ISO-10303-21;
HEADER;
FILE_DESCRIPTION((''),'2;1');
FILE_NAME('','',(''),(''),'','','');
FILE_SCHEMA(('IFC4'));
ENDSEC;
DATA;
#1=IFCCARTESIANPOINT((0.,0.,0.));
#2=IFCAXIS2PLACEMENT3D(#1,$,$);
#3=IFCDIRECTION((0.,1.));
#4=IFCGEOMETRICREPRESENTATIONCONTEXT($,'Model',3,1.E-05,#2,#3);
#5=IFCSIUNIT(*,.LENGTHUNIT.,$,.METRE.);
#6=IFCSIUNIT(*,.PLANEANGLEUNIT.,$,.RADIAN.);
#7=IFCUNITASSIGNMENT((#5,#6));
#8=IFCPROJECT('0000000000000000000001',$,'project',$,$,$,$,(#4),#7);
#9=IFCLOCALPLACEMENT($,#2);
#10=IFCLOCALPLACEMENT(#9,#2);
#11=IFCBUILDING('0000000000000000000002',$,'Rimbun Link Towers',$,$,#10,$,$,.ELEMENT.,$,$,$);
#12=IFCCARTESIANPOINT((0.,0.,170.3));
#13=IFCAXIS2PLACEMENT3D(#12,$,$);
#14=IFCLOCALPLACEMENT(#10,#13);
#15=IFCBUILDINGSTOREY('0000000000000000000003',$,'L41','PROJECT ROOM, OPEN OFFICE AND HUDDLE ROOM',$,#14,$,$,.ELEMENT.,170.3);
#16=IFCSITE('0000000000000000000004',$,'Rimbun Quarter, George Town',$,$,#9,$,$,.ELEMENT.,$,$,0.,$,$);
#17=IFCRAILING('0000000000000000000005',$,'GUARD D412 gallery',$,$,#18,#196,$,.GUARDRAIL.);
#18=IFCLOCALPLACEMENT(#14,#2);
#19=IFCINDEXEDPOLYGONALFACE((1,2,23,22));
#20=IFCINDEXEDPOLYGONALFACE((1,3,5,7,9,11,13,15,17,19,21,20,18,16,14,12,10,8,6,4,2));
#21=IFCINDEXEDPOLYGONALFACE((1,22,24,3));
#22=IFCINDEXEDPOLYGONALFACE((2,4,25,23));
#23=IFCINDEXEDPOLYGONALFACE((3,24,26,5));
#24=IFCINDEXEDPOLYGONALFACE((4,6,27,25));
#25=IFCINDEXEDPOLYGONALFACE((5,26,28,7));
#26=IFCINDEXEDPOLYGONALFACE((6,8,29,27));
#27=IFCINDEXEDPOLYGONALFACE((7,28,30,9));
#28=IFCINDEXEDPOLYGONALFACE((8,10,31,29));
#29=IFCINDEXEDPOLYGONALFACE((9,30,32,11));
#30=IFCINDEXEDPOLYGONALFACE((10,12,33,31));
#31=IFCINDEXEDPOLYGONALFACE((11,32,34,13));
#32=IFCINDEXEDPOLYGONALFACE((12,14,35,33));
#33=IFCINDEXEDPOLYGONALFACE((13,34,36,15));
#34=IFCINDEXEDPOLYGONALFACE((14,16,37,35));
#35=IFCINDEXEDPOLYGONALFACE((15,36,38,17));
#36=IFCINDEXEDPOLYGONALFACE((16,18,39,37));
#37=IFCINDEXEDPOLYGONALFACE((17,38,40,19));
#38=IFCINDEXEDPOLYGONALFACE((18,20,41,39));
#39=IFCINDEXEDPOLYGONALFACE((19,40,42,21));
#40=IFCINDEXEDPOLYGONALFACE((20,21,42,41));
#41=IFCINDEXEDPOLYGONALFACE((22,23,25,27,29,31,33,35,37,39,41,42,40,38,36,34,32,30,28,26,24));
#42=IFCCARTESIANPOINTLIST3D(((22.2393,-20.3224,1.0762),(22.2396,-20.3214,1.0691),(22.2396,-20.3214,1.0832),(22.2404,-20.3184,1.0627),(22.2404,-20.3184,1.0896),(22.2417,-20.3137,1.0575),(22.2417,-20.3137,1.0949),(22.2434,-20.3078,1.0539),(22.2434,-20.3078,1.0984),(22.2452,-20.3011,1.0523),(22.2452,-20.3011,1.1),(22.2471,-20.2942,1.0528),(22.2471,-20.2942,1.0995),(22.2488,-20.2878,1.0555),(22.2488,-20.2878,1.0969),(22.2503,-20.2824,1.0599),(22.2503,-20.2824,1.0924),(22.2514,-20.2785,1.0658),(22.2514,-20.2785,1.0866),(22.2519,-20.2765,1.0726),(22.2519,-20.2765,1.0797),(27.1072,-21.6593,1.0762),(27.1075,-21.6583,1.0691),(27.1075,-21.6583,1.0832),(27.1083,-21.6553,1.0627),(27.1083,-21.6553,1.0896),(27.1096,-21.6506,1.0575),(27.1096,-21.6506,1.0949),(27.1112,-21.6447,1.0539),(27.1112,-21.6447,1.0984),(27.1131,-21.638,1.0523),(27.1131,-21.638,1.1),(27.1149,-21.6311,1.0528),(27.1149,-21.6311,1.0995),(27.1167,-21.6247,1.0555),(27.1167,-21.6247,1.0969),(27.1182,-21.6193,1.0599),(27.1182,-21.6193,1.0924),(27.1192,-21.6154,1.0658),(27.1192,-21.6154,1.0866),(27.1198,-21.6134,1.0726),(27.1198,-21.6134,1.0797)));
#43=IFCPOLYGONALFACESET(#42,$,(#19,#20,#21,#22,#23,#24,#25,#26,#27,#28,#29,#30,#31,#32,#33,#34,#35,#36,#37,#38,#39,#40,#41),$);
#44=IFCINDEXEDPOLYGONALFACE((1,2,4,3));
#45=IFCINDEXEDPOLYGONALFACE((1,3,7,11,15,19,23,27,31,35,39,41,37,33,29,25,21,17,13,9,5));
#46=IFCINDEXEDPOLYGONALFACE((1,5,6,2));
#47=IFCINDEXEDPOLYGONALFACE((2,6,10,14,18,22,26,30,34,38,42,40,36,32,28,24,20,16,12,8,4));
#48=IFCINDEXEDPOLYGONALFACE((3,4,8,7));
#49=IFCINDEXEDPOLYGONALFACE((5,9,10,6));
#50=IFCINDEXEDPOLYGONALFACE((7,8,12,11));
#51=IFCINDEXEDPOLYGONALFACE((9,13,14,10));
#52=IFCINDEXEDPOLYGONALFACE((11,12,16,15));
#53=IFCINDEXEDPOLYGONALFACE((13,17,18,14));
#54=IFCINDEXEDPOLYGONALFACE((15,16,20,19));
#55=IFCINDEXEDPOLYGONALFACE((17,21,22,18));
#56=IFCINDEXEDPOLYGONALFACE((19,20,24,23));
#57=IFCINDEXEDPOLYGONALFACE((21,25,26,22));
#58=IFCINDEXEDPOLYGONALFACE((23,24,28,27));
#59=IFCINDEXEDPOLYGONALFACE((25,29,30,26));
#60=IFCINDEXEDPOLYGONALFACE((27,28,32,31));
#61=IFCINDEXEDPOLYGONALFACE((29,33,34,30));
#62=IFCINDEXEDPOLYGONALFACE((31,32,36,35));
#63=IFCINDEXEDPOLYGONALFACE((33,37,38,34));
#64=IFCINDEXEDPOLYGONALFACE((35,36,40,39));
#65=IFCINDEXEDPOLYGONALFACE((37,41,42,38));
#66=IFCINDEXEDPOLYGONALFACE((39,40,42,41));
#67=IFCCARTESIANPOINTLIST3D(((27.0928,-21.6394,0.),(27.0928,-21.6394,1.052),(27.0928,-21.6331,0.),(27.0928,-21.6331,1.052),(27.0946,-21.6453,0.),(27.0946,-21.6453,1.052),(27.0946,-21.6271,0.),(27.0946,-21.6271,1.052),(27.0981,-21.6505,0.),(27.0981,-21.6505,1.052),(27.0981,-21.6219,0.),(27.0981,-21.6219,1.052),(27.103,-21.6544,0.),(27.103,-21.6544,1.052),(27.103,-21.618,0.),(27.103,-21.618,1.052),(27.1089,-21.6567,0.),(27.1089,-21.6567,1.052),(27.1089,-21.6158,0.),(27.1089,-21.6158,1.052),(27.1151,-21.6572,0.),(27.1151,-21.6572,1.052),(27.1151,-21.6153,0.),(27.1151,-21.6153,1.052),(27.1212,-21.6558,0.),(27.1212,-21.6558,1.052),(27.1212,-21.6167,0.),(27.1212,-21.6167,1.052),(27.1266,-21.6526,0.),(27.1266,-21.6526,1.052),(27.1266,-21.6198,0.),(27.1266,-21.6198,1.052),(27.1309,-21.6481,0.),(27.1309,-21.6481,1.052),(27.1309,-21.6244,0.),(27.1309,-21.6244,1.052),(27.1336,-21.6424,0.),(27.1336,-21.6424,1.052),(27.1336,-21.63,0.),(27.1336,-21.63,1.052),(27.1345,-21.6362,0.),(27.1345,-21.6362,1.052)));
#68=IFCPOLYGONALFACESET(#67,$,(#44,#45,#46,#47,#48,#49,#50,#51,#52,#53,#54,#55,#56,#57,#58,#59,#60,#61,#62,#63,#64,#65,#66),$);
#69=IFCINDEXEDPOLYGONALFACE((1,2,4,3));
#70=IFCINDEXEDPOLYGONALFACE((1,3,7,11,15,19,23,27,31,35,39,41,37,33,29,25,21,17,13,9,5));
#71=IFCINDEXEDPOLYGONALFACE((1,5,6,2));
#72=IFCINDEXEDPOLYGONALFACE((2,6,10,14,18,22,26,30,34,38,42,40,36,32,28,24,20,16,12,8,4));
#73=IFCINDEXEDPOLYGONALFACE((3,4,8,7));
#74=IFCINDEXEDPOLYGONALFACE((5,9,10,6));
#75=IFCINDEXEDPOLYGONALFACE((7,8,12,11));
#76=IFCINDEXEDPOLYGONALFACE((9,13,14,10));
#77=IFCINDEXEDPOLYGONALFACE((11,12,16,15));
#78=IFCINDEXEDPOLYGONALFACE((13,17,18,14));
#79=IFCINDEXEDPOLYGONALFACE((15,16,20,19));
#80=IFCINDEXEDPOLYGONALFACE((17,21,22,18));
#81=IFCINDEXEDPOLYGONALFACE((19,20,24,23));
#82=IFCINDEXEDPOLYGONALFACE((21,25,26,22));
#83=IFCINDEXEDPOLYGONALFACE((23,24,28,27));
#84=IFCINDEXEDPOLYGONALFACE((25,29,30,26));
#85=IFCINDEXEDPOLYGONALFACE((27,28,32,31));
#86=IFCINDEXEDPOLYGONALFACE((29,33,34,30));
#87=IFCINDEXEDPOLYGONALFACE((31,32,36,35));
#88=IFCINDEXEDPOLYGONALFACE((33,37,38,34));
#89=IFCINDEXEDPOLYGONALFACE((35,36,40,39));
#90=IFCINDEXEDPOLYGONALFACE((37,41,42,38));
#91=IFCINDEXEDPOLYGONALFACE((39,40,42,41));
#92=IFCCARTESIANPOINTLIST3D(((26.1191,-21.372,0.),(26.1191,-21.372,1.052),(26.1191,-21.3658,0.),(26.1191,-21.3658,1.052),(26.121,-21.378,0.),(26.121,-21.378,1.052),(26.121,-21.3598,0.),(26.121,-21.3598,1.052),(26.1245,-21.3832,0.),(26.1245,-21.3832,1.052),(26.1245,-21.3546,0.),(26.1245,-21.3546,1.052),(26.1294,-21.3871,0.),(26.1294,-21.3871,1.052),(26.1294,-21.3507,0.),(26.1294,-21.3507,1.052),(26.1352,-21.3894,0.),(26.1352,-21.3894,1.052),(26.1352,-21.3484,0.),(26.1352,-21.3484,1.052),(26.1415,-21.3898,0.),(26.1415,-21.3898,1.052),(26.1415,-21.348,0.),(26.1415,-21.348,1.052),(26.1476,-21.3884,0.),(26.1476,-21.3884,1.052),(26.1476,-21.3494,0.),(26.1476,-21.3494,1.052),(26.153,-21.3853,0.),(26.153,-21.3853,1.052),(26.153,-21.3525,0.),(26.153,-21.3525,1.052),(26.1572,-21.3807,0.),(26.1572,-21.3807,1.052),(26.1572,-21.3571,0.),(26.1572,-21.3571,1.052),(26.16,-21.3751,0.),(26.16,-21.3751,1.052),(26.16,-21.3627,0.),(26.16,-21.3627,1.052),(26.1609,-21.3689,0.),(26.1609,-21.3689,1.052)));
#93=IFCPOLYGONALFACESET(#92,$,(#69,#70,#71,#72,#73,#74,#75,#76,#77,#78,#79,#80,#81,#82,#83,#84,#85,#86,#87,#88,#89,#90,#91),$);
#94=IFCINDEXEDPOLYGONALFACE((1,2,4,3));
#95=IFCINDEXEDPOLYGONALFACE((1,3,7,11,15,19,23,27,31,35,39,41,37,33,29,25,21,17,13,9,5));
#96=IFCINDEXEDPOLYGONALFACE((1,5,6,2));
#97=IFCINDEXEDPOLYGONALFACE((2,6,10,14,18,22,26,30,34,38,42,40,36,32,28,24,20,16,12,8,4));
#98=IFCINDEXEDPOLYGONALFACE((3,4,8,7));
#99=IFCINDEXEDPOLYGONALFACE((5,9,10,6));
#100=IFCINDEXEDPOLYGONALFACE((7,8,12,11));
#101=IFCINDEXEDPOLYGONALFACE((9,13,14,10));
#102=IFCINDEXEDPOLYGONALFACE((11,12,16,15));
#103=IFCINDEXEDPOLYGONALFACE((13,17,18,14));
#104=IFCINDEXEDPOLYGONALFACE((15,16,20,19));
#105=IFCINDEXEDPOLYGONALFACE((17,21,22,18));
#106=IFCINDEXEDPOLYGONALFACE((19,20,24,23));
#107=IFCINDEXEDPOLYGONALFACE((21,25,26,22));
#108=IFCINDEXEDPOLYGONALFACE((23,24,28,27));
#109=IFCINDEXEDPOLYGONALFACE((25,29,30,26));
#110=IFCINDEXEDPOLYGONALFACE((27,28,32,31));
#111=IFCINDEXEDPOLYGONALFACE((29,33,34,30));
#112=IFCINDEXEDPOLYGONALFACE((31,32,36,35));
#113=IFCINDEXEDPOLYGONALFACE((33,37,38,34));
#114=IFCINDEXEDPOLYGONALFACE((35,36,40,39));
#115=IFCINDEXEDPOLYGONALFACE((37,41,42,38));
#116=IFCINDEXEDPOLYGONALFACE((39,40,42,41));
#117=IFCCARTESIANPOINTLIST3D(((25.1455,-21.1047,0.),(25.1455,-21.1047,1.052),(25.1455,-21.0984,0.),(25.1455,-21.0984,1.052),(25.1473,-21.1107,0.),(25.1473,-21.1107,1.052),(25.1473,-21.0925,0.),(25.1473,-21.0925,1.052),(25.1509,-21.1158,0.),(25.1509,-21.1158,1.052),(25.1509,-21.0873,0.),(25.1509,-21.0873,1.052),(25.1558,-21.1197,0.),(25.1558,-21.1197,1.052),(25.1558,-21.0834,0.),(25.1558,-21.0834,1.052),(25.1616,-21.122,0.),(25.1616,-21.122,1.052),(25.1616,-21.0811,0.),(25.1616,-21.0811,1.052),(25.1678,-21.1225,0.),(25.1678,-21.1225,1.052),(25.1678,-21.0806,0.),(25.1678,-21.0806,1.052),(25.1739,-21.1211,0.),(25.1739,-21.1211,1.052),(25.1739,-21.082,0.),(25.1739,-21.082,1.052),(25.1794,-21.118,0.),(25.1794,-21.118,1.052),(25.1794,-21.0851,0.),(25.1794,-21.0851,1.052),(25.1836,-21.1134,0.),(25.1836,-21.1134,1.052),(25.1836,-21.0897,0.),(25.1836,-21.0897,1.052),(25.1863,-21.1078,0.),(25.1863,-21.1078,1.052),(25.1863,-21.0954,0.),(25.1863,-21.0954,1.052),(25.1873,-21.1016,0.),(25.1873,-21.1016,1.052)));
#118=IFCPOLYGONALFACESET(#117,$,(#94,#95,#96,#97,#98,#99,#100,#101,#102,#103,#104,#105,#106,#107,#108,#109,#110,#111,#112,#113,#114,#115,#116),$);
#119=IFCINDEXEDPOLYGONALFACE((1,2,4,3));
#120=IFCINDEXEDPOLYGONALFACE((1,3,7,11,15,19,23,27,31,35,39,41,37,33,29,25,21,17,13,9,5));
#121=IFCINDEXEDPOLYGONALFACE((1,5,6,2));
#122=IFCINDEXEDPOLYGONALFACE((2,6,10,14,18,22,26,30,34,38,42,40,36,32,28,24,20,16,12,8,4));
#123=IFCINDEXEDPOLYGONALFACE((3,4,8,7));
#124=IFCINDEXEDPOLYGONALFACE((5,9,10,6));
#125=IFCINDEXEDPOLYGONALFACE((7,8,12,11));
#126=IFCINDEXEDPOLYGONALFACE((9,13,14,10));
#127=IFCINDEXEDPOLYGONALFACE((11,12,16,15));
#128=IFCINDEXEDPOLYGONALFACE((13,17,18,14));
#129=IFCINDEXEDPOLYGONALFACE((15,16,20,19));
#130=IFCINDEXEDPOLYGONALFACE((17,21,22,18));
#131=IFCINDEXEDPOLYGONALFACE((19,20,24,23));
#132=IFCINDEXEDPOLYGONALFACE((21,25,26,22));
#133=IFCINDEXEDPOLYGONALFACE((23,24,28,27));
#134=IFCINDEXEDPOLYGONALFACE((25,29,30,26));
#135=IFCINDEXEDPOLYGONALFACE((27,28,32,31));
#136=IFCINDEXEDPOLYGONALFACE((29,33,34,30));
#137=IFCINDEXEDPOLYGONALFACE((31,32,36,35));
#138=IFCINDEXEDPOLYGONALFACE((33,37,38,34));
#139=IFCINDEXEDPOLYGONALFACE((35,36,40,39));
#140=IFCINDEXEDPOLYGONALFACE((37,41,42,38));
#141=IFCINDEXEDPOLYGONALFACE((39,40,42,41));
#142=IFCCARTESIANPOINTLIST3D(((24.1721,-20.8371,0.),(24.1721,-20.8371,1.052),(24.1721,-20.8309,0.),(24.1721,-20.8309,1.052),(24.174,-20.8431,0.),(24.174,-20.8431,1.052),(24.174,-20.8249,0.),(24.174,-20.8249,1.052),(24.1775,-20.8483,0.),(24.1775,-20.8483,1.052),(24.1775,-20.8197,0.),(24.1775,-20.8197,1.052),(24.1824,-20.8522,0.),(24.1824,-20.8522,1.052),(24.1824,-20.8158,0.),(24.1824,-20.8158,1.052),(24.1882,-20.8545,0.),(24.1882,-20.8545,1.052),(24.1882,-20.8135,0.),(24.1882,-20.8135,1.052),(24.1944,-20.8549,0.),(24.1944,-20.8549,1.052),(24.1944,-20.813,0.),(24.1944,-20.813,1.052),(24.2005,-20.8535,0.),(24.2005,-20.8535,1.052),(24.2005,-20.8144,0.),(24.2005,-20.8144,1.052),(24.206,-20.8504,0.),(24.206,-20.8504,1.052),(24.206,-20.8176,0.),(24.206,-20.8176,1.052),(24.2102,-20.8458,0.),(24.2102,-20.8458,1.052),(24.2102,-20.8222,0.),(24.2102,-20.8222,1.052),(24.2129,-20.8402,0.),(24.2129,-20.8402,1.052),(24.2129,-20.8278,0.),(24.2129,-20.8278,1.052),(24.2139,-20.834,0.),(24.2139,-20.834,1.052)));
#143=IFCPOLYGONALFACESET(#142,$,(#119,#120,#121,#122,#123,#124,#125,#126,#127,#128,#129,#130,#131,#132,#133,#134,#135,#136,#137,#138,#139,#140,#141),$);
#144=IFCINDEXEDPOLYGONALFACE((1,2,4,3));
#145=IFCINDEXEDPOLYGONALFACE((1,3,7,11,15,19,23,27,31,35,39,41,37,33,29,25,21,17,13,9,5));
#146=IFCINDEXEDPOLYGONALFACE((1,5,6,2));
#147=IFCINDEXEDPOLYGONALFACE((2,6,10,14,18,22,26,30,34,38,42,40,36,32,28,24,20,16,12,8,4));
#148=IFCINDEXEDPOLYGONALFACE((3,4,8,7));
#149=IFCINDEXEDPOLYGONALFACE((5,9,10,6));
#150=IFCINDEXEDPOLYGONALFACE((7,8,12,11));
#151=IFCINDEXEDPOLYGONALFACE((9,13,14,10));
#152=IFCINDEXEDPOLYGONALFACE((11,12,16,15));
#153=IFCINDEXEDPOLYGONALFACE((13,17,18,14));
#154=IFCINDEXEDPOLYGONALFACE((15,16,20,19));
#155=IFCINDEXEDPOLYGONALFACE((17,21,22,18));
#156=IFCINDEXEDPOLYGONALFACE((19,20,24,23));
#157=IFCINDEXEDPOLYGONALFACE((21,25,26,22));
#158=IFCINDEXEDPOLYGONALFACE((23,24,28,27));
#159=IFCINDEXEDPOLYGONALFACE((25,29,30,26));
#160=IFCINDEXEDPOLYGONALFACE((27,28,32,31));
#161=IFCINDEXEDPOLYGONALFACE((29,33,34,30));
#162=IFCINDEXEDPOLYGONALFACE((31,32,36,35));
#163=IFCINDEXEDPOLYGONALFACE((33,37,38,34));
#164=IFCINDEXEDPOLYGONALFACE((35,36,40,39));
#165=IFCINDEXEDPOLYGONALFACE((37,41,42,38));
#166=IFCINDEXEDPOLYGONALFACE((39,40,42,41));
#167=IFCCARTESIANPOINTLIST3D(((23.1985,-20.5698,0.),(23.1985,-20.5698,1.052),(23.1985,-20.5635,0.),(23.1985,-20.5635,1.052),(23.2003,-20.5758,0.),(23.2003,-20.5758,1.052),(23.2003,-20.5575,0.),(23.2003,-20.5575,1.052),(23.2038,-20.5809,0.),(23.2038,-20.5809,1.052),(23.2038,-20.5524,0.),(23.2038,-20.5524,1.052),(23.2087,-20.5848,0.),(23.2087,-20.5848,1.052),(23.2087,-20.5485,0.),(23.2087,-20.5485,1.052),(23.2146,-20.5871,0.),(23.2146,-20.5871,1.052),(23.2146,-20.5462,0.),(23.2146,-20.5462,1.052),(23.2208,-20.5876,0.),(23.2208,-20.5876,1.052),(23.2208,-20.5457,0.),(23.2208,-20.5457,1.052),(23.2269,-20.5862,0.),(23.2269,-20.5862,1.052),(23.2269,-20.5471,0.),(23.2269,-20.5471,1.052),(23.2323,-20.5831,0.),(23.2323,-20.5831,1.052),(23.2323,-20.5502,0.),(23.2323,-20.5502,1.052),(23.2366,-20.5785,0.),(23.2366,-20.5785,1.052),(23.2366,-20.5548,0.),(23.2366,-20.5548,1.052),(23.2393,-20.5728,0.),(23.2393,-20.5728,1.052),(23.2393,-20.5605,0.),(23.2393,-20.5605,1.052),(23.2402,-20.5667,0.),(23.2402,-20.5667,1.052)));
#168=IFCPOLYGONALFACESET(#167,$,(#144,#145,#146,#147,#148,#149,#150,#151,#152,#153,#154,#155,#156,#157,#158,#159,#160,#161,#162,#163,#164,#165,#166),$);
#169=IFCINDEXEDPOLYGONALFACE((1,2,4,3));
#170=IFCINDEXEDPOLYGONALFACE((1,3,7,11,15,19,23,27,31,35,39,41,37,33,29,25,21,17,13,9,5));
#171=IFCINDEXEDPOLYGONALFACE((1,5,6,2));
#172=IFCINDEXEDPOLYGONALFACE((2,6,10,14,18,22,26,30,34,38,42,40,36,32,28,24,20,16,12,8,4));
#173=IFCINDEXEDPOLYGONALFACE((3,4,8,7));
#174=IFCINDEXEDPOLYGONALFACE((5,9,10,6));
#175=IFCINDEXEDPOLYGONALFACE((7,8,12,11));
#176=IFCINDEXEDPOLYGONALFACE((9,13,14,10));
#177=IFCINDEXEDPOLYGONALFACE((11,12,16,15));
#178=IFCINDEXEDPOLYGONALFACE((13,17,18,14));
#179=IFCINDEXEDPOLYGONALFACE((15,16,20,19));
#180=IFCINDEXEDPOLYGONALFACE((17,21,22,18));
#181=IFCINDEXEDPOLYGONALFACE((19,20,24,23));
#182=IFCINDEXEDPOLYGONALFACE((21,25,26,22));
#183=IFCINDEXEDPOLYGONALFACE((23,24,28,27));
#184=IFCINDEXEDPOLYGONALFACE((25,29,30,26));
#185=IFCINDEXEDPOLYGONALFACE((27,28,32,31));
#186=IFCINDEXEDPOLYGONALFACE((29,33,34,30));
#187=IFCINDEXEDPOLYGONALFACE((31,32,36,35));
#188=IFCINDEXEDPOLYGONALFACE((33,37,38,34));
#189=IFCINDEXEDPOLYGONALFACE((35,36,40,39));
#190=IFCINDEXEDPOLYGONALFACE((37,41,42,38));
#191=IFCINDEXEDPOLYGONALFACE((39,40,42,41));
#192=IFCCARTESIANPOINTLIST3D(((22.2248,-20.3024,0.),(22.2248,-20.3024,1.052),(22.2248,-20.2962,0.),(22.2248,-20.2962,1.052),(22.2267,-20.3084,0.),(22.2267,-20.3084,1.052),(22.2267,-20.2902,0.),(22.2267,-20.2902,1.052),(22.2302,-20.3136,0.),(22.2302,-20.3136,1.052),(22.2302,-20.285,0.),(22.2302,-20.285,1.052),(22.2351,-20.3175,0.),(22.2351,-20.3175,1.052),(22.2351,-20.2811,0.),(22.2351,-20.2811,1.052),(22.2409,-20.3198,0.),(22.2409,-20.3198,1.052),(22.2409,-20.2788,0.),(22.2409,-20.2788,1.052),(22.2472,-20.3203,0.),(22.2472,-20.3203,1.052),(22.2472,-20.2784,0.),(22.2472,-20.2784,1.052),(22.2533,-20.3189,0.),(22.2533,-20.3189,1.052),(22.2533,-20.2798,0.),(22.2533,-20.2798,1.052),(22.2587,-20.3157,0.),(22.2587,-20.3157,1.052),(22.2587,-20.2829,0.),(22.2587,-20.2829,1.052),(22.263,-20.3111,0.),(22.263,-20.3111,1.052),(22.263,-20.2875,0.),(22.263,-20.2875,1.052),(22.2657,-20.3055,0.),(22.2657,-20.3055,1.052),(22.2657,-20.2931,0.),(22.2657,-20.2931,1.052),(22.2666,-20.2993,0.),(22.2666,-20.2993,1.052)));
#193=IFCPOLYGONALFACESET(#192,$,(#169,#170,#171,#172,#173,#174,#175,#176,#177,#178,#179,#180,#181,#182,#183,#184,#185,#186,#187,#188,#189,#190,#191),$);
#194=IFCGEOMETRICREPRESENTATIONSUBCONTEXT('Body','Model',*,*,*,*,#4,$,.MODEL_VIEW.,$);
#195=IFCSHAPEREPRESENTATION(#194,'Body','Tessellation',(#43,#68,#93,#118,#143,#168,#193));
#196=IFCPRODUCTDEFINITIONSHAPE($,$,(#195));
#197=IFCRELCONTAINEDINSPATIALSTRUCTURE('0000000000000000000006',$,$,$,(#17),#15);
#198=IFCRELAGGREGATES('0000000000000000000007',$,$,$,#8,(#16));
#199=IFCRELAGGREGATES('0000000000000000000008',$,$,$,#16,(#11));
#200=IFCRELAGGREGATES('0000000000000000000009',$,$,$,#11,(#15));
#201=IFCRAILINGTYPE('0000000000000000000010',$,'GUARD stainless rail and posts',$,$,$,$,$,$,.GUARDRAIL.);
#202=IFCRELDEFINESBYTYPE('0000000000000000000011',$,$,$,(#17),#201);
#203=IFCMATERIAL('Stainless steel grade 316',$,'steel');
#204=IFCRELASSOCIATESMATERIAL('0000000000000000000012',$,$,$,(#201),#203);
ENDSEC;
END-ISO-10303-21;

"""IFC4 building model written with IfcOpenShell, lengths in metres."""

from ifc_helpers import new_model, si_unit, direction, frame, origin, origin_2d, place, context, subcontext, project, spatial, circle, extrude, material, type_object, element, save


model = new_model("IFC4")

# Units and contexts
model_context = context("Model", 3, precision=1e-05, world=origin(), true_north=direction((0.0, 1.0)))
body_context = subcontext(model_context, "Body", "Model", "MODEL_VIEW")
ifc_project = project(units=[si_unit("LENGTHUNIT", "METRE"), si_unit("PLANEANGLEUNIT", "RADIAN")], contexts=[model_context])

# Site, building, storey
site_placement = place(None, origin())
site = spatial("IfcSite", under=ifc_project, at=site_placement, Name="Rimbun Quarter, George Town", CompositionType="ELEMENT", RefElevation=0.0)
building_placement = place(site_placement, origin())
building = spatial("IfcBuilding", under=site, at=building_placement, Name="Rimbun Link Towers", CompositionType="ELEMENT")
storey_placement = place(building_placement, frame((0.0, 0.0, 170.3)))
storey = spatial("IfcBuildingStorey", under=building, at=storey_placement, Name="L41", Description="PROJECT ROOM, OPEN OFFICE AND HUDDLE ROOM", CompositionType="ELEMENT", Elevation=170.3)

# Railing
ifc_material_1 = material(Name="Stainless steel grade 316", Category="steel")
railing_type = type_object("IfcRailingType", Name="GUARD stainless rail and posts", PredefinedType="GUARDRAIL", material=ifc_material_1)
railing_1_placement = place(storey_placement, frame((27.1135, -21.6362, 0.0)))
element("IfcRailing", 1, at=railing_1_placement, inside=storey, type_object=railing_type, Name="GUARD D412 gallery", PredefinedType="GUARDRAIL", context=body_context, shape_type="SweptSolid", body=[
    extrude(circle(Radius=0.0239, at=origin_2d()), frame((0.0, 0.0, 1.0762), z_axis=(-0.964295, 0.264832, 0.0), x_axis=(-0.264832, -0.964295, 0.0)), (0.0, 0.0, 1.0), 5.0481),
    extrude(circle(Radius=0.021, at=origin_2d()), origin(), (0.0, 0.0, 1.0), 1.052),
    extrude(circle(Radius=0.021, at=origin_2d()), frame((-0.9736, 0.2673, 0.0)), (0.0, 0.0, 1.0), 1.052),
    extrude(circle(Radius=0.021, at=origin_2d()), frame((-1.9473, 0.5347, 0.0)), (0.0, 0.0, 1.0), 1.052),
    extrude(circle(Radius=0.021, at=origin_2d()), frame((-2.9207, 0.8022, 0.0)), (0.0, 0.0, 1.0), 1.052),
    extrude(circle(Radius=0.021, at=origin_2d()), frame((-3.8943, 1.0696, 0.0)), (0.0, 0.0, 1.0), 1.052),
    extrude(circle(Radius=0.021, at=origin_2d()), frame((-4.8679, 1.3369, 0.0)), (0.0, 0.0, 1.0), 1.052),
])

save(model, "model.ifc")
